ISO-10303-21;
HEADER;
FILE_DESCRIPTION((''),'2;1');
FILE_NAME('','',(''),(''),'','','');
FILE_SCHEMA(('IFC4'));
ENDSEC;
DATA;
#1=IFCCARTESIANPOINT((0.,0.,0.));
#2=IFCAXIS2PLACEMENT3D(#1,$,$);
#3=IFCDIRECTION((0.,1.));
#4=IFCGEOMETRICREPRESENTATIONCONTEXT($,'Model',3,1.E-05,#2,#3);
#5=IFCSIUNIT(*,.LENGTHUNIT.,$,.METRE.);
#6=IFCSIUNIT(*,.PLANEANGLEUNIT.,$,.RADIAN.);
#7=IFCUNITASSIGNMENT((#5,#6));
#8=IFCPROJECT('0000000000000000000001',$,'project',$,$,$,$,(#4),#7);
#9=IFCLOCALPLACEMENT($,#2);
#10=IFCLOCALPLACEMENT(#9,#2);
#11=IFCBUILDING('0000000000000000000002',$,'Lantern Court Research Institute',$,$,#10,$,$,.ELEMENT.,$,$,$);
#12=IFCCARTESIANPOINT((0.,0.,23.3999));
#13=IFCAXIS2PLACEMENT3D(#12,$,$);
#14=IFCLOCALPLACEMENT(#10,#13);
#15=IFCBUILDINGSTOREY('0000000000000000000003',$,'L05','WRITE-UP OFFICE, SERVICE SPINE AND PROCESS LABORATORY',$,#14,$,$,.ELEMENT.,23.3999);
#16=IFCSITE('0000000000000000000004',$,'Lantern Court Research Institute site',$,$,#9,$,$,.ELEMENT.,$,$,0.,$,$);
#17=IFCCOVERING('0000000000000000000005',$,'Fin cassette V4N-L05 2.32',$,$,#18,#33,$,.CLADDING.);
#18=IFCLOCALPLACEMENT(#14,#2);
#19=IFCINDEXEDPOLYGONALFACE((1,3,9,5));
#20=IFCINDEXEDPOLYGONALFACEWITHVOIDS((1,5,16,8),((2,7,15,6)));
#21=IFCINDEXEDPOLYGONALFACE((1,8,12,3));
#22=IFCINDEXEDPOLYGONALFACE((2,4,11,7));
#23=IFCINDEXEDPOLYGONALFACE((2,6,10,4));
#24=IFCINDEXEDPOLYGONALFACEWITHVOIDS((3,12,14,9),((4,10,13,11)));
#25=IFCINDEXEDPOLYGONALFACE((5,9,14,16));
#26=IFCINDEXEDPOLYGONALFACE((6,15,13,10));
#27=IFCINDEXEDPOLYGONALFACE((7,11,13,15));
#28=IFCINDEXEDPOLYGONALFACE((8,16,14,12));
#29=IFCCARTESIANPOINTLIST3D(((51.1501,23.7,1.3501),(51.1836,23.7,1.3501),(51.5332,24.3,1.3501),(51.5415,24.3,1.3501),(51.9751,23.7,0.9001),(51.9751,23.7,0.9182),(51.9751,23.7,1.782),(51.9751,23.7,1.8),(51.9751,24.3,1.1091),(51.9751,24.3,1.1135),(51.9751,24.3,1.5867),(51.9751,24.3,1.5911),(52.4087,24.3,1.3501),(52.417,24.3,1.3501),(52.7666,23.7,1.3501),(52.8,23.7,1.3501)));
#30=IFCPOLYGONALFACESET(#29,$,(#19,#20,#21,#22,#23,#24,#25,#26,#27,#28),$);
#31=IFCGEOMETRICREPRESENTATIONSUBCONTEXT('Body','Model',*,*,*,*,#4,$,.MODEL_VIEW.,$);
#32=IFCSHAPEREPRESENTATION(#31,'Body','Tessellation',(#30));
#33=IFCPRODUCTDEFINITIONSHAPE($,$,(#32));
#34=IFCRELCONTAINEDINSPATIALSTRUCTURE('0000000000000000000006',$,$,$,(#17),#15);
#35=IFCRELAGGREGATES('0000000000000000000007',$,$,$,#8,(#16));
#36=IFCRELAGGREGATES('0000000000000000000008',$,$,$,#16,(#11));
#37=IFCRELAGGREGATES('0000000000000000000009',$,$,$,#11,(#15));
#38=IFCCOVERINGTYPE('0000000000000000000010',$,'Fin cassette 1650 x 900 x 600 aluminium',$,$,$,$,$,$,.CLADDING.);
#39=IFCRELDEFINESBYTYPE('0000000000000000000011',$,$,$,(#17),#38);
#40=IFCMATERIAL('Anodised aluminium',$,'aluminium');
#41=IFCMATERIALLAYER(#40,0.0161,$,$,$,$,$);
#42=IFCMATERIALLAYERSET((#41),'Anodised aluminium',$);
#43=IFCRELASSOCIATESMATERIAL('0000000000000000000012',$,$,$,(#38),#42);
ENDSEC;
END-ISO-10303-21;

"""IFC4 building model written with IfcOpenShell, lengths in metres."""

from ifc_helpers import new_model, entity, si_unit, direction, frame, origin, place, context, subcontext, project, spatial, material, layer, layer_set, type_object, element, save


model = new_model("IFC4")

# Units and contexts
model_context = context("Model", 3, precision=1e-05, world=origin(), true_north=direction((0.0, 1.0)))
body_context = subcontext(model_context, "Body", "Model", "MODEL_VIEW")
ifc_project = project(units=[si_unit("LENGTHUNIT", "METRE"), si_unit("PLANEANGLEUNIT", "RADIAN")], contexts=[model_context])

# Site, building, storey
site_placement = place(None, origin())
site = spatial("IfcSite", under=ifc_project, at=site_placement, Name="Lantern Court Research Institute site", CompositionType="ELEMENT", RefElevation=0.0)
building_placement = place(site_placement, origin())
building = spatial("IfcBuilding", under=site, at=building_placement, Name="Lantern Court Research Institute", CompositionType="ELEMENT")
storey_placement = place(building_placement, frame((0.0, 0.0, 23.3999)))
storey = spatial("IfcBuildingStorey", under=building, at=storey_placement, Name="L05", Description="WRITE-UP OFFICE, SERVICE SPINE AND PROCESS LABORATORY", CompositionType="ELEMENT", Elevation=23.3999)

# Covering
ifc_material_1 = material(Name="Anodised aluminium", Category="aluminium")
ifc_layer_1 = layer(ifc_material_1, 0.0161)
ifc_layer_set_1 = layer_set([ifc_layer_1], Name="Anodised aluminium")
covering_type = type_object("IfcCoveringType", Name="Fin cassette 1650 x 900 x 600 aluminium", PredefinedType="CLADDING", material=ifc_layer_set_1)
covering_1_placement = place(storey_placement, frame((51.9751, 23.7, 1.3501), z_axis=(0.0, 1.0, 0.0), x_axis=(-1.0, 0.0, 0.0)))
cartesian_point_1 = entity("IfcCartesianPoint", [0.825, 0.0])
cartesian_point_2 = entity("IfcCartesianPoint", [0.7915, 0.0])
cartesian_point_3 = entity("IfcCartesianPoint", [0.4419, 0.0])
cartesian_point_4 = entity("IfcCartesianPoint", [0.4336, 0.0])
element("IfcCovering", 1, at=covering_1_placement, inside=storey, type_object=covering_type, Name="Fin cassette V4N-L05 2.32", PredefinedType="CLADDING", context=body_context, shape_type="SweptSolid", body=[
    entity("IfcExtrudedAreaSolidTapered", entity("IfcArbitraryProfileDefWithVoids", "AREA", None, entity("IfcPolyline", [cartesian_point_1, entity("IfcCartesianPoint", [0.0, 0.45]), entity("IfcCartesianPoint", [-0.825, 0.0]), entity("IfcCartesianPoint", [0.0, -0.45]), cartesian_point_1]), [entity("IfcPolyline", [cartesian_point_2, entity("IfcCartesianPoint", [0.0, 0.4319]), entity("IfcCartesianPoint", [-0.7915, 0.0]), entity("IfcCartesianPoint", [0.0, -0.4319]), cartesian_point_2])]), entity("IfcAxis2Placement3D", entity("IfcCartesianPoint", [0.0, 0.0, 0.0])), entity("IfcDirection", [0.0, 0.0, 1.0]), 0.6001, entity("IfcArbitraryProfileDefWithVoids", "AREA", None, entity("IfcPolyline", [cartesian_point_3, entity("IfcCartesianPoint", [0.0, 0.241]), entity("IfcCartesianPoint", [-0.4419, 0.0]), entity("IfcCartesianPoint", [0.0, -0.241]), cartesian_point_3]), [entity("IfcPolyline", [cartesian_point_4, entity("IfcCartesianPoint", [0.0, 0.2366]), entity("IfcCartesianPoint", [-0.4336, 0.0]), entity("IfcCartesianPoint", [0.0, -0.2366]), cartesian_point_4])])),
])

save(model, "model.ifc")
